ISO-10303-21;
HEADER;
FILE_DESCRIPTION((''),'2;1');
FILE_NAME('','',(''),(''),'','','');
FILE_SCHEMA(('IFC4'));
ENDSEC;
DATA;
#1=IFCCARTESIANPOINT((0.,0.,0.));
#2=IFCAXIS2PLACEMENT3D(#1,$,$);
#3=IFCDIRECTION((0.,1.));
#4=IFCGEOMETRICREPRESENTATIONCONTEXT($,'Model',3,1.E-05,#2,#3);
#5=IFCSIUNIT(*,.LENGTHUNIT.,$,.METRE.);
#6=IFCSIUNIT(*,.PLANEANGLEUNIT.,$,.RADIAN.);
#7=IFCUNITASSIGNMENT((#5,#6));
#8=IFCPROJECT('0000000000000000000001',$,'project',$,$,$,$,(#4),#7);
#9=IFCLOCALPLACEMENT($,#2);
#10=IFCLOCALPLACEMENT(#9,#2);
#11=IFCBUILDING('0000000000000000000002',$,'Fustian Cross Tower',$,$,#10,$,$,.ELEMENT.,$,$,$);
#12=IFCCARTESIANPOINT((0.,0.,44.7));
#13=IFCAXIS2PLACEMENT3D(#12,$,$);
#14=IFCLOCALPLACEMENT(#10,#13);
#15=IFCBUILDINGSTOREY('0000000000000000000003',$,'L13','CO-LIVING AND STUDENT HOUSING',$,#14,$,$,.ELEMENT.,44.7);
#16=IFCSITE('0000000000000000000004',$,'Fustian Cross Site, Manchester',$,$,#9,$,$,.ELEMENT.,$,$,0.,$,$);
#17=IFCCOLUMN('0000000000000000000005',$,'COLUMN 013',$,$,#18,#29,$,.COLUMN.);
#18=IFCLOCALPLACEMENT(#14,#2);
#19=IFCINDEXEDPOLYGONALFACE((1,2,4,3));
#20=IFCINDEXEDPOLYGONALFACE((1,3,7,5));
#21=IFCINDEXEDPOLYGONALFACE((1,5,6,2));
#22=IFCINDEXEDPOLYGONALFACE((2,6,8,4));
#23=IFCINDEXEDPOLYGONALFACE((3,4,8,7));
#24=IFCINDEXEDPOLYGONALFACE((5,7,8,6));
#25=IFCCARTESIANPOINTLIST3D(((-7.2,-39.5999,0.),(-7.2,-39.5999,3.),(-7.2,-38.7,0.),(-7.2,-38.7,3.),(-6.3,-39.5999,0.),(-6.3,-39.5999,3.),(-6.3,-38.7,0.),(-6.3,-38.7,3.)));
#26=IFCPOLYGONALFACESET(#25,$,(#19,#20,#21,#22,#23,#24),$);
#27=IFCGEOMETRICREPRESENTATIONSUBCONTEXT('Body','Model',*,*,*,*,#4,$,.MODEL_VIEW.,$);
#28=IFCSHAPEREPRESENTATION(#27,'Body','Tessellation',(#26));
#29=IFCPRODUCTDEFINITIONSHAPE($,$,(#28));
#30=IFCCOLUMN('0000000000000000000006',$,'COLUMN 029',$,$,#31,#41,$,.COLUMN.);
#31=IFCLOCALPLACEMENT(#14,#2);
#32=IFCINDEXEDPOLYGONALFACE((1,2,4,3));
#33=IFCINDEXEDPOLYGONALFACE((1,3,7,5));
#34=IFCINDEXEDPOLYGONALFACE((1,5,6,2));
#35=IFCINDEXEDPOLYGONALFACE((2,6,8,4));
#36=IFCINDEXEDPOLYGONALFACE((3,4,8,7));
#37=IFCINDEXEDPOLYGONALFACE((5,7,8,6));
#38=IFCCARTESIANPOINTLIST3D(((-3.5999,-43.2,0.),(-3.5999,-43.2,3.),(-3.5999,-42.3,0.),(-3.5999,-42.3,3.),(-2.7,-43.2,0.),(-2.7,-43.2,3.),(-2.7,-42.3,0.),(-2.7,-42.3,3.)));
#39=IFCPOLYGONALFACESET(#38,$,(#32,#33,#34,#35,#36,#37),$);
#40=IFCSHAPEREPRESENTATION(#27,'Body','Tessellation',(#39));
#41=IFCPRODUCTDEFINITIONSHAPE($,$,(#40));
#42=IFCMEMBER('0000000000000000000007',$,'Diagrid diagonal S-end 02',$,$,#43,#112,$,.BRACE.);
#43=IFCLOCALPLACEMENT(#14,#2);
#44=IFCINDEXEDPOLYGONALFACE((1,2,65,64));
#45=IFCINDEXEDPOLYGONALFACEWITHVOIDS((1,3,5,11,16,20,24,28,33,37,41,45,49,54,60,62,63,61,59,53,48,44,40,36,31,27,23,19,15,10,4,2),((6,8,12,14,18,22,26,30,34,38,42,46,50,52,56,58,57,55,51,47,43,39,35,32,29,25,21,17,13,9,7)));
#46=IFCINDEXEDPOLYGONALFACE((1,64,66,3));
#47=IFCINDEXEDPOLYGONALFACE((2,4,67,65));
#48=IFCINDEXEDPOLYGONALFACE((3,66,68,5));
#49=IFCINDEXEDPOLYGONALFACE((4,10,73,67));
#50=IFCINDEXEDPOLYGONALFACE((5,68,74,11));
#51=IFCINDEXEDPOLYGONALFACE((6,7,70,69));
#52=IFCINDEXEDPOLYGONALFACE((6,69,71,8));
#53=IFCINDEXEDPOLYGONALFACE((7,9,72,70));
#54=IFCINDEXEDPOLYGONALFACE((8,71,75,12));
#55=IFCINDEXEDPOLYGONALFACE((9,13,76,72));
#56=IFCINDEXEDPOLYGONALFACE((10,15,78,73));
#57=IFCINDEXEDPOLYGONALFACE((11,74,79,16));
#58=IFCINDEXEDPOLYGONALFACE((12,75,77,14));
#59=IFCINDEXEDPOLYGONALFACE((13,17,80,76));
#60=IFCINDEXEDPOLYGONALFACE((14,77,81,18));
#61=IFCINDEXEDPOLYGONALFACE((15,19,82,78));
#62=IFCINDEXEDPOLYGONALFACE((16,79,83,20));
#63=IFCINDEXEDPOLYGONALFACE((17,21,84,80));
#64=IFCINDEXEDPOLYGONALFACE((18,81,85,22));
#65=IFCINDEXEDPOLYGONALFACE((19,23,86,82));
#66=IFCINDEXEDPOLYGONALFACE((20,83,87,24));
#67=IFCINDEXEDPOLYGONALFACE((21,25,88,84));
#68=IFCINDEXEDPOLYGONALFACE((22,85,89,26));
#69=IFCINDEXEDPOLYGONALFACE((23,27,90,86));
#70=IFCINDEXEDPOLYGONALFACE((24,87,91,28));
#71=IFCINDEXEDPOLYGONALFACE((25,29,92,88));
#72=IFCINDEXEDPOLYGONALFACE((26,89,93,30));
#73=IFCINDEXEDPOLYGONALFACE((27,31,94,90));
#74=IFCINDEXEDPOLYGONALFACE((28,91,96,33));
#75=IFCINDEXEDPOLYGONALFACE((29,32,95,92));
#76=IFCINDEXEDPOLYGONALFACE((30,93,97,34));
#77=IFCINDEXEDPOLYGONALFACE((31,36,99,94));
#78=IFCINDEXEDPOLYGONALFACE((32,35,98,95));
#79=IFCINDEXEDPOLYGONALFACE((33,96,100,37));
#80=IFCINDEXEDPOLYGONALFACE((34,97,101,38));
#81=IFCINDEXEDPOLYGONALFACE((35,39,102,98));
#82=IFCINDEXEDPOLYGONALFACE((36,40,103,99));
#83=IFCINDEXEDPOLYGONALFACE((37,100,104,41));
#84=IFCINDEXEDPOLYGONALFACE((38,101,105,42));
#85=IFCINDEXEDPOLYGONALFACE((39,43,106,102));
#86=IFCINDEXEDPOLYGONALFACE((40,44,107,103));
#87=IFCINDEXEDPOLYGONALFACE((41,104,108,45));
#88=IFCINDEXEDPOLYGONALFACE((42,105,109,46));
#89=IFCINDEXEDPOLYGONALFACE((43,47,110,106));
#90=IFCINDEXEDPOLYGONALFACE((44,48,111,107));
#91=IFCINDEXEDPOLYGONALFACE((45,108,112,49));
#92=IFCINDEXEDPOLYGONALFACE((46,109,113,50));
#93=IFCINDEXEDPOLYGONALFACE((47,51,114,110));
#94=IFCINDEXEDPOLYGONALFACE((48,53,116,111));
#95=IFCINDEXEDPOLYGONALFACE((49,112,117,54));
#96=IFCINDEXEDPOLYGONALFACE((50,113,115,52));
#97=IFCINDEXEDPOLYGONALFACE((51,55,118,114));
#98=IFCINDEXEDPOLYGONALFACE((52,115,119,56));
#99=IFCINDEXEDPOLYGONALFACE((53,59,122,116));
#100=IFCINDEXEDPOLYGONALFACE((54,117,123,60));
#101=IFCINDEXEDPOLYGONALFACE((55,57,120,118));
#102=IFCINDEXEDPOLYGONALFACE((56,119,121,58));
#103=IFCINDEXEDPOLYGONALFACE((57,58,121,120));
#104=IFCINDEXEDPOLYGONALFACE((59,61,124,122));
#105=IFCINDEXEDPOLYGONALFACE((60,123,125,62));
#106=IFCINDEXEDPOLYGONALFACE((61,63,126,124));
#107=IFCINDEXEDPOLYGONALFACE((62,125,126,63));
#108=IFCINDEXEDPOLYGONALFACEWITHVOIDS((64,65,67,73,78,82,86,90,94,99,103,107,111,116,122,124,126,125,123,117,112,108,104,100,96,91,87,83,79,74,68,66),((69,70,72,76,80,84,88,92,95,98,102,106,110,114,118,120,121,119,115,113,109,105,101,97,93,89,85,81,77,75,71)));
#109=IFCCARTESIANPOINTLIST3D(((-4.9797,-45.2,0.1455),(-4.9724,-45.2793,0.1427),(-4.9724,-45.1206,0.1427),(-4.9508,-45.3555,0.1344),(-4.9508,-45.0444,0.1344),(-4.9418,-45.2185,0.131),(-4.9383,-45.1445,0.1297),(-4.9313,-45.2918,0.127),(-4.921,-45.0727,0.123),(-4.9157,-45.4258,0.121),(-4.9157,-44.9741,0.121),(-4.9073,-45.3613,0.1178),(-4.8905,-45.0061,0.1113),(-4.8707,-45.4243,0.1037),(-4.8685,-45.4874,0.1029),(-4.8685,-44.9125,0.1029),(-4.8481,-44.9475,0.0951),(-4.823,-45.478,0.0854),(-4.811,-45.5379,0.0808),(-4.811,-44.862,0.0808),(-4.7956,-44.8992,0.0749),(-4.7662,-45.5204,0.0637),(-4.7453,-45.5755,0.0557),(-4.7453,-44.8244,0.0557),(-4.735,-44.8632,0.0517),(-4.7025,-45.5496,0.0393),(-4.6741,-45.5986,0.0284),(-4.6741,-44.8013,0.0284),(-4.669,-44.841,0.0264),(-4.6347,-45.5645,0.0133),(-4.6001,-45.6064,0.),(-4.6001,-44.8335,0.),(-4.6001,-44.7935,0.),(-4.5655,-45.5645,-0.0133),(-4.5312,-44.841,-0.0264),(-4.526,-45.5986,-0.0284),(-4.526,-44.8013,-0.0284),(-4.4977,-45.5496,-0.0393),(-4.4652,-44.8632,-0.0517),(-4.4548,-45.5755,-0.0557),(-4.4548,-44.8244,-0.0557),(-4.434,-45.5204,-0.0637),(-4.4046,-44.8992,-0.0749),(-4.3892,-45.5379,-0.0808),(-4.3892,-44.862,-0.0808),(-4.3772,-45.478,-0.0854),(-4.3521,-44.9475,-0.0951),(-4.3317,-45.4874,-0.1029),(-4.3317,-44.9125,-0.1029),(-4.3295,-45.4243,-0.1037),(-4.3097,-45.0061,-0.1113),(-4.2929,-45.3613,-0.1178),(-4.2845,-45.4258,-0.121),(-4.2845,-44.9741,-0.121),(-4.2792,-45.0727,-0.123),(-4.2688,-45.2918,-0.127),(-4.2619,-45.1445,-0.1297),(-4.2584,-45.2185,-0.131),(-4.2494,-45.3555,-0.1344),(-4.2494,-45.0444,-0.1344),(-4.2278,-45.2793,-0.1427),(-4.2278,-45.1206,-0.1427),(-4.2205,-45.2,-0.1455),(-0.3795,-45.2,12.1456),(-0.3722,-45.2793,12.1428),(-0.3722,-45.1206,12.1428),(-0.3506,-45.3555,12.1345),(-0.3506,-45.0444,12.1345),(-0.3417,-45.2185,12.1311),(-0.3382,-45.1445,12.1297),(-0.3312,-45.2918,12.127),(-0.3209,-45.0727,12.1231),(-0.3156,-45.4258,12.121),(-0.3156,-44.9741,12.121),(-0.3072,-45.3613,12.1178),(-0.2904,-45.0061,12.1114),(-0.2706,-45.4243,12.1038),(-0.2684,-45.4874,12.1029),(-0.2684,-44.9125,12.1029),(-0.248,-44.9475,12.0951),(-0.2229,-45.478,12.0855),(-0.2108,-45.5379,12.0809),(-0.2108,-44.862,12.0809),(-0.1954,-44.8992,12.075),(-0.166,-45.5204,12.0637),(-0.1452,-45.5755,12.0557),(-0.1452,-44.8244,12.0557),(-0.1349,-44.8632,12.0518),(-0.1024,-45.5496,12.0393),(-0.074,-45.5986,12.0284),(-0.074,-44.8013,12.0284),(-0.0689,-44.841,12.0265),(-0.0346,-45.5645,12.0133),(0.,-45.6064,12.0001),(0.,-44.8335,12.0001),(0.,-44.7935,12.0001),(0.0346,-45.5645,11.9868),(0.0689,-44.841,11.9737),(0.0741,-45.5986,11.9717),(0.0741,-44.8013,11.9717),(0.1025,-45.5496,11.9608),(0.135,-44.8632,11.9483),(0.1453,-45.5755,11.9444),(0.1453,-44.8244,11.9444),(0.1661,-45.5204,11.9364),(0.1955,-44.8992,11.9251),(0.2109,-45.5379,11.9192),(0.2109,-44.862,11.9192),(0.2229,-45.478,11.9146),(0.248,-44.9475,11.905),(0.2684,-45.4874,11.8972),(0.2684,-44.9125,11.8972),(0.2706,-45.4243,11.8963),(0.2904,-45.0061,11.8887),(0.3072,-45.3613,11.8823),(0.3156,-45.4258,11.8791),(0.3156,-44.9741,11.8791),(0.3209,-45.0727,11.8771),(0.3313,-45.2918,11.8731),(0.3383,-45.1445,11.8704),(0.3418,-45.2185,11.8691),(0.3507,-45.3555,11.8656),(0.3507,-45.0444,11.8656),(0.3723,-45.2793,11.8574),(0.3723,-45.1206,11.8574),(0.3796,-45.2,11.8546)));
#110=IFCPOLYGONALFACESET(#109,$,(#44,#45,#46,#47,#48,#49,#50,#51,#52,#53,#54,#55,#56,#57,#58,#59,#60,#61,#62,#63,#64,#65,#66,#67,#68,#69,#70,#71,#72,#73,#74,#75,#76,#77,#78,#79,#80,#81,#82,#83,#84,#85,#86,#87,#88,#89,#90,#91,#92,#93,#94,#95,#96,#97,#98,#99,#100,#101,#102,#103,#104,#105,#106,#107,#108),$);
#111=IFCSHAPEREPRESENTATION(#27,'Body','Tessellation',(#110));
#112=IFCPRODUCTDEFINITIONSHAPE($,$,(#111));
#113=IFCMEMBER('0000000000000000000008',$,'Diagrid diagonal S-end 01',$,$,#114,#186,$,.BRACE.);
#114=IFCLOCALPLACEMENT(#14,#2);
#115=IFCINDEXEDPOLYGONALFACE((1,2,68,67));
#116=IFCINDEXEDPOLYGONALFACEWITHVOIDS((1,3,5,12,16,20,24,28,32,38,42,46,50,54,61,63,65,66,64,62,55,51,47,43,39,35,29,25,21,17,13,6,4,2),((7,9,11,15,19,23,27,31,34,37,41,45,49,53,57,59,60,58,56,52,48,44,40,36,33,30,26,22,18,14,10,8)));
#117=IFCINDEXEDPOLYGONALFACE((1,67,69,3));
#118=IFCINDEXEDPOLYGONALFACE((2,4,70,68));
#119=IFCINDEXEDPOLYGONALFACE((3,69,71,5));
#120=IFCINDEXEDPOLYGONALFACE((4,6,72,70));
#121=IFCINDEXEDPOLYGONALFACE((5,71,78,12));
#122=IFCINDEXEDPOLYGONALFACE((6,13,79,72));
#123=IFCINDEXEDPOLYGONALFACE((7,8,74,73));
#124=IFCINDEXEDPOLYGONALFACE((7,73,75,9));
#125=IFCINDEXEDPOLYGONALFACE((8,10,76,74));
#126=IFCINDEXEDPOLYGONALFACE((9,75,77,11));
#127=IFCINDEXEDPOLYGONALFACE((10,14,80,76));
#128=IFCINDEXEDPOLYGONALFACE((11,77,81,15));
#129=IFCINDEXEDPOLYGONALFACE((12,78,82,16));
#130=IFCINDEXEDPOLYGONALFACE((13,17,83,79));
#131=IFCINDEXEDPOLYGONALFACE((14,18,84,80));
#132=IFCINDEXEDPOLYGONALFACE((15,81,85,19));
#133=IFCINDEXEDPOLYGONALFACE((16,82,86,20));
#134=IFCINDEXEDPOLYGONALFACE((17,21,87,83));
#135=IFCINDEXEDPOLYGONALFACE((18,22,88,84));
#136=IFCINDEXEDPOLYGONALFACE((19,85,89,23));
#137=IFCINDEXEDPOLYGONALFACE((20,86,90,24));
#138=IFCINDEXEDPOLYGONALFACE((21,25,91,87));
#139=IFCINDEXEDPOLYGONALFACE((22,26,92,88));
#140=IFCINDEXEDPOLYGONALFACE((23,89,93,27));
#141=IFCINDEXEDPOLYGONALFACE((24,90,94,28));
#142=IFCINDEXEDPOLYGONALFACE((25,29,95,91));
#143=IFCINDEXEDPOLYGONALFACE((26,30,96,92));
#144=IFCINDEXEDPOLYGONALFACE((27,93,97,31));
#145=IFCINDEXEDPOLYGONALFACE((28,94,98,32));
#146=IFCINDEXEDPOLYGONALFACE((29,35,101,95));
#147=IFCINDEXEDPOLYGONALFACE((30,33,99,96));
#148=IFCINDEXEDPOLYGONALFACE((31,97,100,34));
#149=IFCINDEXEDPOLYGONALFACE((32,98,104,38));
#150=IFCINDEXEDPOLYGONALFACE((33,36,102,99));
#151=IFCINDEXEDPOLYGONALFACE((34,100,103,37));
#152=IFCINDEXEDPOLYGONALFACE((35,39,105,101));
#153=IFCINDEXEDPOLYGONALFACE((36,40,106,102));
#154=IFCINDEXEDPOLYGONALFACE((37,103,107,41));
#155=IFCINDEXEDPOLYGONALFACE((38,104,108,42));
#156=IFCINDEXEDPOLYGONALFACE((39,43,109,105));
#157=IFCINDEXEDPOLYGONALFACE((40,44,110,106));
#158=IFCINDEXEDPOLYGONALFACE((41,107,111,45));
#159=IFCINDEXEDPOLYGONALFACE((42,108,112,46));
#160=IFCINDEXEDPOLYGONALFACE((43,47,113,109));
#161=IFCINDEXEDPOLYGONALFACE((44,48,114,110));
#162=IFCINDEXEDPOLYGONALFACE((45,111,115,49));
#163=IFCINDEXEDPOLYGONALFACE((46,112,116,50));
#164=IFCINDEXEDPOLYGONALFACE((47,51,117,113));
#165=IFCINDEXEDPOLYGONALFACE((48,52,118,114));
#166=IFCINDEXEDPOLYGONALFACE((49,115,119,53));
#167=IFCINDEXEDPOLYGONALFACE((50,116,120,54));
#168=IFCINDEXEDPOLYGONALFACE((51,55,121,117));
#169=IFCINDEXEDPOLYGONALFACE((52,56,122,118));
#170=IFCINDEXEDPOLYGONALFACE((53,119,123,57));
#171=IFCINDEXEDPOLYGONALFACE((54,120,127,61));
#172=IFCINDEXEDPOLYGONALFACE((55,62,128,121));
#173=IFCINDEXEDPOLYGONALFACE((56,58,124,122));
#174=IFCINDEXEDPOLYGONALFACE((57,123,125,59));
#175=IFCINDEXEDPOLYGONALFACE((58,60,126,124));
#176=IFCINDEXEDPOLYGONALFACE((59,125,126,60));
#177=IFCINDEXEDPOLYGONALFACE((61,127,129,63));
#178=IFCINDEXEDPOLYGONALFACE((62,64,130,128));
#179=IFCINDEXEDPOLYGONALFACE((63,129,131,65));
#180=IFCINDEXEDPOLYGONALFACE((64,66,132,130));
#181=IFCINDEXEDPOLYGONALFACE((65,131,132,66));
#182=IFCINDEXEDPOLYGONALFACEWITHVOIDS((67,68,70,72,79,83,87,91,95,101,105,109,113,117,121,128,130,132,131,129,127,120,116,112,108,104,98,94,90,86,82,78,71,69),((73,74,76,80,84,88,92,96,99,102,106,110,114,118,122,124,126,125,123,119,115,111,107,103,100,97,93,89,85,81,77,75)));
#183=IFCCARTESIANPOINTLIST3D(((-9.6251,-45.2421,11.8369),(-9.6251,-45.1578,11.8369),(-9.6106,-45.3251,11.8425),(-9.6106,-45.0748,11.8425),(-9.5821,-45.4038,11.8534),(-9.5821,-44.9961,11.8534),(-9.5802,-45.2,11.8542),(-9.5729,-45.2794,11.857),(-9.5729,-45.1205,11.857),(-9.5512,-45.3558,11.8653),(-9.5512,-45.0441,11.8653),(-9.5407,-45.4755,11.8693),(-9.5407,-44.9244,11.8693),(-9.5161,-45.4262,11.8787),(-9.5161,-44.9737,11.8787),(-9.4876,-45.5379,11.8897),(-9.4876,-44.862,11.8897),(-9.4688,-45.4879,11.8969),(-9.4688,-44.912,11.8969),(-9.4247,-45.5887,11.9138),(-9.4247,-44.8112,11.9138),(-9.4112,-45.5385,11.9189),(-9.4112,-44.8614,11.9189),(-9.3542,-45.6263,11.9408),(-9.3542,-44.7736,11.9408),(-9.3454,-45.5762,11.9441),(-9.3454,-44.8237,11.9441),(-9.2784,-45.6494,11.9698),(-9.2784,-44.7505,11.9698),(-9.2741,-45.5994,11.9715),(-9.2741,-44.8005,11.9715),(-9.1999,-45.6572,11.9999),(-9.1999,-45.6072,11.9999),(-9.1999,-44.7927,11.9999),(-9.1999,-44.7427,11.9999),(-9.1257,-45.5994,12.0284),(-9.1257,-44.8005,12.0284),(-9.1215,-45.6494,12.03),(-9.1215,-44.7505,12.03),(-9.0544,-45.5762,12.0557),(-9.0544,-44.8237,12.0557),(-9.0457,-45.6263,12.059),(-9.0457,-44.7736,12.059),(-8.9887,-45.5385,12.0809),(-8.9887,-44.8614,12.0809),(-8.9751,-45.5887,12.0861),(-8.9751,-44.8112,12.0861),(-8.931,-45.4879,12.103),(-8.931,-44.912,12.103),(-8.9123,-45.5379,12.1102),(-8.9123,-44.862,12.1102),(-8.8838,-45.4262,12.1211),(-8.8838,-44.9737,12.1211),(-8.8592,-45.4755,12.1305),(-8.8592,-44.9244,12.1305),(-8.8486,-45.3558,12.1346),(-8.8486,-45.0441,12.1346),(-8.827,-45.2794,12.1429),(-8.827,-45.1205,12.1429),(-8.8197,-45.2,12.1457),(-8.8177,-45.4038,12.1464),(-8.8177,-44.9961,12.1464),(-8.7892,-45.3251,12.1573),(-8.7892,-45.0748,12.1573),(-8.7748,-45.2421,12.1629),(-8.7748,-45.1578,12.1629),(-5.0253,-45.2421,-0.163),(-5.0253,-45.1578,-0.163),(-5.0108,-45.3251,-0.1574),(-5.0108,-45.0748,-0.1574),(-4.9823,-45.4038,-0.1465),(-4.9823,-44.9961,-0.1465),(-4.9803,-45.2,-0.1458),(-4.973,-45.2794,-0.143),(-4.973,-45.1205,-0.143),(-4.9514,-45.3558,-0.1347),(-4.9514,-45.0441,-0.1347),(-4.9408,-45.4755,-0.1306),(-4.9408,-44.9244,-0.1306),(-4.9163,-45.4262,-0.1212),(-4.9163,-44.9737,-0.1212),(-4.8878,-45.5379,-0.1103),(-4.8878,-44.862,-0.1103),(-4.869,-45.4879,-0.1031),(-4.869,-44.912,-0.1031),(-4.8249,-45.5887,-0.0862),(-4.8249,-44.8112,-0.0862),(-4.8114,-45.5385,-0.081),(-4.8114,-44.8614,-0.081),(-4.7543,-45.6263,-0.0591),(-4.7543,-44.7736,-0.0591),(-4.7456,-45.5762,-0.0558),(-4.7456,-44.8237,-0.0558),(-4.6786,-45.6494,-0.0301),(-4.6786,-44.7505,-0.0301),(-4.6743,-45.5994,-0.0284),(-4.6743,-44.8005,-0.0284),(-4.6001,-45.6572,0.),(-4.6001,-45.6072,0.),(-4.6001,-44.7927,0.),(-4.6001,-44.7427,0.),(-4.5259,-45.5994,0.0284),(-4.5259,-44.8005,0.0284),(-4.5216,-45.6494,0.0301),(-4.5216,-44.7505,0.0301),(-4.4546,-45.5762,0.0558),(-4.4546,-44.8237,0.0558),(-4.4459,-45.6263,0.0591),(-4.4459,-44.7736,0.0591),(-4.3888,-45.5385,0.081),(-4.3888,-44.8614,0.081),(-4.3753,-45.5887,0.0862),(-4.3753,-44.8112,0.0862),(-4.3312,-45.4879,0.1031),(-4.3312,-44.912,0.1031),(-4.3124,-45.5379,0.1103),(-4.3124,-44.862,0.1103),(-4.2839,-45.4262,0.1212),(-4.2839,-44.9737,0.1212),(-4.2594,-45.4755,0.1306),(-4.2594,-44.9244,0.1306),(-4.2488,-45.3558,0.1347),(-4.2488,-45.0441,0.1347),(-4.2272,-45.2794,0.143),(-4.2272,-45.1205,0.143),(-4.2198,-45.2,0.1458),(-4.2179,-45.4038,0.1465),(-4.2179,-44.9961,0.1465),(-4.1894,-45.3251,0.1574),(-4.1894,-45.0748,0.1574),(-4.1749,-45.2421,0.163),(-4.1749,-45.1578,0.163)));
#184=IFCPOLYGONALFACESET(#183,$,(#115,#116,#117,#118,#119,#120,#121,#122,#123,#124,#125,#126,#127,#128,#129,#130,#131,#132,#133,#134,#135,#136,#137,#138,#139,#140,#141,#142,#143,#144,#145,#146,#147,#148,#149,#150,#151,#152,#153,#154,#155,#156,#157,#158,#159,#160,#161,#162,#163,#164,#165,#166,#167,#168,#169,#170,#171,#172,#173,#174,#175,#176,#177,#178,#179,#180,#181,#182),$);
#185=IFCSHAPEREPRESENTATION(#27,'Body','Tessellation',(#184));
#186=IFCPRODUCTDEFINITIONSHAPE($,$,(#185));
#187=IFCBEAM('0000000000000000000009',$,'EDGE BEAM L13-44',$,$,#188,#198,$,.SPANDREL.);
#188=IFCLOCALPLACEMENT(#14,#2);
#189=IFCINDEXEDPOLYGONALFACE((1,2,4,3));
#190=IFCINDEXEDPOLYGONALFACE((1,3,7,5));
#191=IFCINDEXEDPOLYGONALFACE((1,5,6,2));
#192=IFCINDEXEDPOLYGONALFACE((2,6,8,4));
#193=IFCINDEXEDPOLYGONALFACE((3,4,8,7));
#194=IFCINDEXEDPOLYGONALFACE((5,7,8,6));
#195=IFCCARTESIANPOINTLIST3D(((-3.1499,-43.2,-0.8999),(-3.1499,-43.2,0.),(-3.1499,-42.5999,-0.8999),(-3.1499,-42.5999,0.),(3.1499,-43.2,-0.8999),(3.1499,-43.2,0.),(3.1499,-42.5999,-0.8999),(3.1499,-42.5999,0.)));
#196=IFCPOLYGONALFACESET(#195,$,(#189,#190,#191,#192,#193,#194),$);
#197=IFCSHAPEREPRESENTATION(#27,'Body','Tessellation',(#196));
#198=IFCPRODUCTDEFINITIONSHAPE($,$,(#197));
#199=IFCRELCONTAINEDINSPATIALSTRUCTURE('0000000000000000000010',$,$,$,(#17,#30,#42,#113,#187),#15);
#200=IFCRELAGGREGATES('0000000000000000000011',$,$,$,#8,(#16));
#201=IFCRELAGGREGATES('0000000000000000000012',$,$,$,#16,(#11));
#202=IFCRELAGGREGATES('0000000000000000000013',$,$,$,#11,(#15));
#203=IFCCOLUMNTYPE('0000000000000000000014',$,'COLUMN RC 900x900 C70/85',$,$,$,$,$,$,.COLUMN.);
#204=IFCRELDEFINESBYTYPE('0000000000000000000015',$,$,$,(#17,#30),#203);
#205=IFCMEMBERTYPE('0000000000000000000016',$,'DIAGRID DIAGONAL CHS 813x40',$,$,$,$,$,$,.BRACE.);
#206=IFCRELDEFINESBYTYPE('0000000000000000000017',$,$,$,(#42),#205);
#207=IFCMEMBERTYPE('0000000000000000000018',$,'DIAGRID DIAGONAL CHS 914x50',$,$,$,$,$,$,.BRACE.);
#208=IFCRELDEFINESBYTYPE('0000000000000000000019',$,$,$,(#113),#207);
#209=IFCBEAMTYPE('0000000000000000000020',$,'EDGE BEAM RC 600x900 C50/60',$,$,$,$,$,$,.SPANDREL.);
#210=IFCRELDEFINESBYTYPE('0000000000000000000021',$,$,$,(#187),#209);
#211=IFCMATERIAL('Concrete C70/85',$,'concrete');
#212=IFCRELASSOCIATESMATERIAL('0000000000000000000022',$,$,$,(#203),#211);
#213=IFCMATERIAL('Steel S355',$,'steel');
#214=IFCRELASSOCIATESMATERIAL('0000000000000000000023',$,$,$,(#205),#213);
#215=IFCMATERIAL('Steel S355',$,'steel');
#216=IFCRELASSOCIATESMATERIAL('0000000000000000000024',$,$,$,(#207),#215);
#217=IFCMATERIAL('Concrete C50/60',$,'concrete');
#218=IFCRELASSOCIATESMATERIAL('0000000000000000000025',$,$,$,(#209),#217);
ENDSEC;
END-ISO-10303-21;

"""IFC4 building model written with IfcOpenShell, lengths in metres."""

from ifc_helpers import new_model, si_unit, direction, frame, origin, origin_2d, place, context, subcontext, project, spatial, rectangle, hollow_circle, extrude, material, material_profile, profile_set, type_object, element, save


model = new_model("IFC4")

# Units and contexts
model_context = context("Model", 3, precision=1e-05, world=origin(), true_north=direction((0.0, 1.0)))
body_context = subcontext(model_context, "Body", "Model", "MODEL_VIEW")
ifc_project = project(units=[si_unit("LENGTHUNIT", "METRE"), si_unit("PLANEANGLEUNIT", "RADIAN")], contexts=[model_context])

# Site, building, storey
site_placement = place(None, origin())
site = spatial("IfcSite", under=ifc_project, at=site_placement, Name="Fustian Cross Site, Manchester", CompositionType="ELEMENT", RefElevation=0.0)
building_placement = place(site_placement, origin())
building = spatial("IfcBuilding", under=site, at=building_placement, Name="Fustian Cross Tower", CompositionType="ELEMENT")
storey_placement = place(building_placement, frame((0.0, 0.0, 44.7)))
storey = spatial("IfcBuildingStorey", under=building, at=storey_placement, Name="L13", Description="CO-LIVING AND STUDENT HOUSING", CompositionType="ELEMENT", Elevation=44.7)

# Columns
ifc_material_1 = material(Name="Concrete C70/85", Category="concrete")
ifc_material_profile_1 = material_profile(ifc_material_1, rectangle(XDim=0.8999, YDim=0.8999, at=origin_2d()), Name="RC 900x900")
ifc_profile_set_1 = profile_set([ifc_material_profile_1], Name="Concrete C70/85")
column_type = type_object("IfcColumnType", Name="COLUMN RC 900x900 C70/85", PredefinedType="COLUMN", material=ifc_profile_set_1)
for number, where, z_axis, x_axis, name in (
    (1, (-6.75, -39.1499, 0.0), (0.0, 0.0, 1.0), (1.0, 0.0, 0.0), "COLUMN 013"),
    (2, (-3.1499, -42.75, 0.0), (0.0, 0.0, 1.0), (1.0, 0.0, 0.0), "COLUMN 029"),
):
    element("IfcColumn", number, at=place(storey_placement, frame(where, z_axis=z_axis, x_axis=x_axis)), inside=storey, type_object=column_type, Name=name, PredefinedType="COLUMN", context=body_context, shape_type="SweptSolid", body=[
        extrude(rectangle(XDim=0.8999, YDim=0.8999, at=origin_2d()), origin(), (0.0, 0.0, 1.0), 3.0),
    ])

# Members
ifc_material_2 = material(Name="Steel S355", Category="steel")
ifc_material_profile_2 = material_profile(ifc_material_2, hollow_circle(Radius=0.4065, WallThickness=0.04, at=origin_2d()), Name="CHS 813x40")
ifc_profile_set_2 = profile_set([ifc_material_profile_2], Name="Steel S355")
member_type_1 = type_object("IfcMemberType", Name="DIAGRID DIAGONAL CHS 813x40", PredefinedType="BRACE", material=ifc_profile_set_2)
member_1_placement = place(storey_placement, frame((-4.6001, -45.2, 0.0), z_axis=(0.357943, 0.0, 0.933744), x_axis=(0.0, 1.0, 0.0)))
element("IfcMember", 3, at=member_1_placement, inside=storey, type_object=member_type_1, Name="Diagrid diagonal S-end 02", PredefinedType="BRACE", context=body_context, shape_type="SweptSolid", body=[
    extrude(hollow_circle(Radius=0.4065, WallThickness=0.04, at=origin_2d()), origin(), (0.0, 0.0, 1.0), 12.8516),
])
ifc_material_3 = material(Name="Steel S355", Category="steel")
ifc_material_profile_3 = material_profile(ifc_material_3, hollow_circle(Radius=0.4573, WallThickness=0.05, at=origin_2d()), Name="CHS 914x50")
ifc_profile_set_3 = profile_set([ifc_material_profile_3], Name="Steel S355")
member_type_2 = type_object("IfcMemberType", Name="DIAGRID DIAGONAL CHS 914x50", PredefinedType="BRACE", material=ifc_profile_set_3)
member_2_placement = place(storey_placement, frame((-4.6001, -45.2, 0.0), z_axis=(-0.357926, 0.0, 0.93375), x_axis=(0.0, -1.0, 0.0)))
element("IfcMember", 4, at=member_2_placement, inside=storey, type_object=member_type_2, Name="Diagrid diagonal S-end 01", PredefinedType="BRACE", context=body_context, shape_type="SweptSolid", body=[
    extrude(hollow_circle(Radius=0.4573, WallThickness=0.05, at=origin_2d()), origin(), (0.0, 0.0, 1.0), 12.8513),
])

# Beam
ifc_material_4 = material(Name="Concrete C50/60", Category="concrete")
ifc_material_profile_4 = material_profile(ifc_material_4, rectangle(XDim=0.6001, YDim=0.8999, at=origin_2d()), Name="RC 600x900")
ifc_profile_set_4 = profile_set([ifc_material_profile_4], Name="Concrete C50/60")
beam_type = type_object("IfcBeamType", Name="EDGE BEAM RC 600x900 C50/60", PredefinedType="SPANDREL", material=ifc_profile_set_4)
beam_placement = place(storey_placement, frame((-3.1499, -42.8999, -0.45), z_axis=(1.0, 0.0, 0.0), x_axis=(0.0, 1.0, 0.0)))
element("IfcBeam", 5, at=beam_placement, inside=storey, type_object=beam_type, Name="EDGE BEAM L13-44", PredefinedType="SPANDREL", context=body_context, shape_type="SweptSolid", body=[
    extrude(rectangle(XDim=0.6001, YDim=0.8999, at=origin_2d()), origin(), (0.0, 0.0, 1.0), 6.2998),
])

save(model, "model.ifc")
